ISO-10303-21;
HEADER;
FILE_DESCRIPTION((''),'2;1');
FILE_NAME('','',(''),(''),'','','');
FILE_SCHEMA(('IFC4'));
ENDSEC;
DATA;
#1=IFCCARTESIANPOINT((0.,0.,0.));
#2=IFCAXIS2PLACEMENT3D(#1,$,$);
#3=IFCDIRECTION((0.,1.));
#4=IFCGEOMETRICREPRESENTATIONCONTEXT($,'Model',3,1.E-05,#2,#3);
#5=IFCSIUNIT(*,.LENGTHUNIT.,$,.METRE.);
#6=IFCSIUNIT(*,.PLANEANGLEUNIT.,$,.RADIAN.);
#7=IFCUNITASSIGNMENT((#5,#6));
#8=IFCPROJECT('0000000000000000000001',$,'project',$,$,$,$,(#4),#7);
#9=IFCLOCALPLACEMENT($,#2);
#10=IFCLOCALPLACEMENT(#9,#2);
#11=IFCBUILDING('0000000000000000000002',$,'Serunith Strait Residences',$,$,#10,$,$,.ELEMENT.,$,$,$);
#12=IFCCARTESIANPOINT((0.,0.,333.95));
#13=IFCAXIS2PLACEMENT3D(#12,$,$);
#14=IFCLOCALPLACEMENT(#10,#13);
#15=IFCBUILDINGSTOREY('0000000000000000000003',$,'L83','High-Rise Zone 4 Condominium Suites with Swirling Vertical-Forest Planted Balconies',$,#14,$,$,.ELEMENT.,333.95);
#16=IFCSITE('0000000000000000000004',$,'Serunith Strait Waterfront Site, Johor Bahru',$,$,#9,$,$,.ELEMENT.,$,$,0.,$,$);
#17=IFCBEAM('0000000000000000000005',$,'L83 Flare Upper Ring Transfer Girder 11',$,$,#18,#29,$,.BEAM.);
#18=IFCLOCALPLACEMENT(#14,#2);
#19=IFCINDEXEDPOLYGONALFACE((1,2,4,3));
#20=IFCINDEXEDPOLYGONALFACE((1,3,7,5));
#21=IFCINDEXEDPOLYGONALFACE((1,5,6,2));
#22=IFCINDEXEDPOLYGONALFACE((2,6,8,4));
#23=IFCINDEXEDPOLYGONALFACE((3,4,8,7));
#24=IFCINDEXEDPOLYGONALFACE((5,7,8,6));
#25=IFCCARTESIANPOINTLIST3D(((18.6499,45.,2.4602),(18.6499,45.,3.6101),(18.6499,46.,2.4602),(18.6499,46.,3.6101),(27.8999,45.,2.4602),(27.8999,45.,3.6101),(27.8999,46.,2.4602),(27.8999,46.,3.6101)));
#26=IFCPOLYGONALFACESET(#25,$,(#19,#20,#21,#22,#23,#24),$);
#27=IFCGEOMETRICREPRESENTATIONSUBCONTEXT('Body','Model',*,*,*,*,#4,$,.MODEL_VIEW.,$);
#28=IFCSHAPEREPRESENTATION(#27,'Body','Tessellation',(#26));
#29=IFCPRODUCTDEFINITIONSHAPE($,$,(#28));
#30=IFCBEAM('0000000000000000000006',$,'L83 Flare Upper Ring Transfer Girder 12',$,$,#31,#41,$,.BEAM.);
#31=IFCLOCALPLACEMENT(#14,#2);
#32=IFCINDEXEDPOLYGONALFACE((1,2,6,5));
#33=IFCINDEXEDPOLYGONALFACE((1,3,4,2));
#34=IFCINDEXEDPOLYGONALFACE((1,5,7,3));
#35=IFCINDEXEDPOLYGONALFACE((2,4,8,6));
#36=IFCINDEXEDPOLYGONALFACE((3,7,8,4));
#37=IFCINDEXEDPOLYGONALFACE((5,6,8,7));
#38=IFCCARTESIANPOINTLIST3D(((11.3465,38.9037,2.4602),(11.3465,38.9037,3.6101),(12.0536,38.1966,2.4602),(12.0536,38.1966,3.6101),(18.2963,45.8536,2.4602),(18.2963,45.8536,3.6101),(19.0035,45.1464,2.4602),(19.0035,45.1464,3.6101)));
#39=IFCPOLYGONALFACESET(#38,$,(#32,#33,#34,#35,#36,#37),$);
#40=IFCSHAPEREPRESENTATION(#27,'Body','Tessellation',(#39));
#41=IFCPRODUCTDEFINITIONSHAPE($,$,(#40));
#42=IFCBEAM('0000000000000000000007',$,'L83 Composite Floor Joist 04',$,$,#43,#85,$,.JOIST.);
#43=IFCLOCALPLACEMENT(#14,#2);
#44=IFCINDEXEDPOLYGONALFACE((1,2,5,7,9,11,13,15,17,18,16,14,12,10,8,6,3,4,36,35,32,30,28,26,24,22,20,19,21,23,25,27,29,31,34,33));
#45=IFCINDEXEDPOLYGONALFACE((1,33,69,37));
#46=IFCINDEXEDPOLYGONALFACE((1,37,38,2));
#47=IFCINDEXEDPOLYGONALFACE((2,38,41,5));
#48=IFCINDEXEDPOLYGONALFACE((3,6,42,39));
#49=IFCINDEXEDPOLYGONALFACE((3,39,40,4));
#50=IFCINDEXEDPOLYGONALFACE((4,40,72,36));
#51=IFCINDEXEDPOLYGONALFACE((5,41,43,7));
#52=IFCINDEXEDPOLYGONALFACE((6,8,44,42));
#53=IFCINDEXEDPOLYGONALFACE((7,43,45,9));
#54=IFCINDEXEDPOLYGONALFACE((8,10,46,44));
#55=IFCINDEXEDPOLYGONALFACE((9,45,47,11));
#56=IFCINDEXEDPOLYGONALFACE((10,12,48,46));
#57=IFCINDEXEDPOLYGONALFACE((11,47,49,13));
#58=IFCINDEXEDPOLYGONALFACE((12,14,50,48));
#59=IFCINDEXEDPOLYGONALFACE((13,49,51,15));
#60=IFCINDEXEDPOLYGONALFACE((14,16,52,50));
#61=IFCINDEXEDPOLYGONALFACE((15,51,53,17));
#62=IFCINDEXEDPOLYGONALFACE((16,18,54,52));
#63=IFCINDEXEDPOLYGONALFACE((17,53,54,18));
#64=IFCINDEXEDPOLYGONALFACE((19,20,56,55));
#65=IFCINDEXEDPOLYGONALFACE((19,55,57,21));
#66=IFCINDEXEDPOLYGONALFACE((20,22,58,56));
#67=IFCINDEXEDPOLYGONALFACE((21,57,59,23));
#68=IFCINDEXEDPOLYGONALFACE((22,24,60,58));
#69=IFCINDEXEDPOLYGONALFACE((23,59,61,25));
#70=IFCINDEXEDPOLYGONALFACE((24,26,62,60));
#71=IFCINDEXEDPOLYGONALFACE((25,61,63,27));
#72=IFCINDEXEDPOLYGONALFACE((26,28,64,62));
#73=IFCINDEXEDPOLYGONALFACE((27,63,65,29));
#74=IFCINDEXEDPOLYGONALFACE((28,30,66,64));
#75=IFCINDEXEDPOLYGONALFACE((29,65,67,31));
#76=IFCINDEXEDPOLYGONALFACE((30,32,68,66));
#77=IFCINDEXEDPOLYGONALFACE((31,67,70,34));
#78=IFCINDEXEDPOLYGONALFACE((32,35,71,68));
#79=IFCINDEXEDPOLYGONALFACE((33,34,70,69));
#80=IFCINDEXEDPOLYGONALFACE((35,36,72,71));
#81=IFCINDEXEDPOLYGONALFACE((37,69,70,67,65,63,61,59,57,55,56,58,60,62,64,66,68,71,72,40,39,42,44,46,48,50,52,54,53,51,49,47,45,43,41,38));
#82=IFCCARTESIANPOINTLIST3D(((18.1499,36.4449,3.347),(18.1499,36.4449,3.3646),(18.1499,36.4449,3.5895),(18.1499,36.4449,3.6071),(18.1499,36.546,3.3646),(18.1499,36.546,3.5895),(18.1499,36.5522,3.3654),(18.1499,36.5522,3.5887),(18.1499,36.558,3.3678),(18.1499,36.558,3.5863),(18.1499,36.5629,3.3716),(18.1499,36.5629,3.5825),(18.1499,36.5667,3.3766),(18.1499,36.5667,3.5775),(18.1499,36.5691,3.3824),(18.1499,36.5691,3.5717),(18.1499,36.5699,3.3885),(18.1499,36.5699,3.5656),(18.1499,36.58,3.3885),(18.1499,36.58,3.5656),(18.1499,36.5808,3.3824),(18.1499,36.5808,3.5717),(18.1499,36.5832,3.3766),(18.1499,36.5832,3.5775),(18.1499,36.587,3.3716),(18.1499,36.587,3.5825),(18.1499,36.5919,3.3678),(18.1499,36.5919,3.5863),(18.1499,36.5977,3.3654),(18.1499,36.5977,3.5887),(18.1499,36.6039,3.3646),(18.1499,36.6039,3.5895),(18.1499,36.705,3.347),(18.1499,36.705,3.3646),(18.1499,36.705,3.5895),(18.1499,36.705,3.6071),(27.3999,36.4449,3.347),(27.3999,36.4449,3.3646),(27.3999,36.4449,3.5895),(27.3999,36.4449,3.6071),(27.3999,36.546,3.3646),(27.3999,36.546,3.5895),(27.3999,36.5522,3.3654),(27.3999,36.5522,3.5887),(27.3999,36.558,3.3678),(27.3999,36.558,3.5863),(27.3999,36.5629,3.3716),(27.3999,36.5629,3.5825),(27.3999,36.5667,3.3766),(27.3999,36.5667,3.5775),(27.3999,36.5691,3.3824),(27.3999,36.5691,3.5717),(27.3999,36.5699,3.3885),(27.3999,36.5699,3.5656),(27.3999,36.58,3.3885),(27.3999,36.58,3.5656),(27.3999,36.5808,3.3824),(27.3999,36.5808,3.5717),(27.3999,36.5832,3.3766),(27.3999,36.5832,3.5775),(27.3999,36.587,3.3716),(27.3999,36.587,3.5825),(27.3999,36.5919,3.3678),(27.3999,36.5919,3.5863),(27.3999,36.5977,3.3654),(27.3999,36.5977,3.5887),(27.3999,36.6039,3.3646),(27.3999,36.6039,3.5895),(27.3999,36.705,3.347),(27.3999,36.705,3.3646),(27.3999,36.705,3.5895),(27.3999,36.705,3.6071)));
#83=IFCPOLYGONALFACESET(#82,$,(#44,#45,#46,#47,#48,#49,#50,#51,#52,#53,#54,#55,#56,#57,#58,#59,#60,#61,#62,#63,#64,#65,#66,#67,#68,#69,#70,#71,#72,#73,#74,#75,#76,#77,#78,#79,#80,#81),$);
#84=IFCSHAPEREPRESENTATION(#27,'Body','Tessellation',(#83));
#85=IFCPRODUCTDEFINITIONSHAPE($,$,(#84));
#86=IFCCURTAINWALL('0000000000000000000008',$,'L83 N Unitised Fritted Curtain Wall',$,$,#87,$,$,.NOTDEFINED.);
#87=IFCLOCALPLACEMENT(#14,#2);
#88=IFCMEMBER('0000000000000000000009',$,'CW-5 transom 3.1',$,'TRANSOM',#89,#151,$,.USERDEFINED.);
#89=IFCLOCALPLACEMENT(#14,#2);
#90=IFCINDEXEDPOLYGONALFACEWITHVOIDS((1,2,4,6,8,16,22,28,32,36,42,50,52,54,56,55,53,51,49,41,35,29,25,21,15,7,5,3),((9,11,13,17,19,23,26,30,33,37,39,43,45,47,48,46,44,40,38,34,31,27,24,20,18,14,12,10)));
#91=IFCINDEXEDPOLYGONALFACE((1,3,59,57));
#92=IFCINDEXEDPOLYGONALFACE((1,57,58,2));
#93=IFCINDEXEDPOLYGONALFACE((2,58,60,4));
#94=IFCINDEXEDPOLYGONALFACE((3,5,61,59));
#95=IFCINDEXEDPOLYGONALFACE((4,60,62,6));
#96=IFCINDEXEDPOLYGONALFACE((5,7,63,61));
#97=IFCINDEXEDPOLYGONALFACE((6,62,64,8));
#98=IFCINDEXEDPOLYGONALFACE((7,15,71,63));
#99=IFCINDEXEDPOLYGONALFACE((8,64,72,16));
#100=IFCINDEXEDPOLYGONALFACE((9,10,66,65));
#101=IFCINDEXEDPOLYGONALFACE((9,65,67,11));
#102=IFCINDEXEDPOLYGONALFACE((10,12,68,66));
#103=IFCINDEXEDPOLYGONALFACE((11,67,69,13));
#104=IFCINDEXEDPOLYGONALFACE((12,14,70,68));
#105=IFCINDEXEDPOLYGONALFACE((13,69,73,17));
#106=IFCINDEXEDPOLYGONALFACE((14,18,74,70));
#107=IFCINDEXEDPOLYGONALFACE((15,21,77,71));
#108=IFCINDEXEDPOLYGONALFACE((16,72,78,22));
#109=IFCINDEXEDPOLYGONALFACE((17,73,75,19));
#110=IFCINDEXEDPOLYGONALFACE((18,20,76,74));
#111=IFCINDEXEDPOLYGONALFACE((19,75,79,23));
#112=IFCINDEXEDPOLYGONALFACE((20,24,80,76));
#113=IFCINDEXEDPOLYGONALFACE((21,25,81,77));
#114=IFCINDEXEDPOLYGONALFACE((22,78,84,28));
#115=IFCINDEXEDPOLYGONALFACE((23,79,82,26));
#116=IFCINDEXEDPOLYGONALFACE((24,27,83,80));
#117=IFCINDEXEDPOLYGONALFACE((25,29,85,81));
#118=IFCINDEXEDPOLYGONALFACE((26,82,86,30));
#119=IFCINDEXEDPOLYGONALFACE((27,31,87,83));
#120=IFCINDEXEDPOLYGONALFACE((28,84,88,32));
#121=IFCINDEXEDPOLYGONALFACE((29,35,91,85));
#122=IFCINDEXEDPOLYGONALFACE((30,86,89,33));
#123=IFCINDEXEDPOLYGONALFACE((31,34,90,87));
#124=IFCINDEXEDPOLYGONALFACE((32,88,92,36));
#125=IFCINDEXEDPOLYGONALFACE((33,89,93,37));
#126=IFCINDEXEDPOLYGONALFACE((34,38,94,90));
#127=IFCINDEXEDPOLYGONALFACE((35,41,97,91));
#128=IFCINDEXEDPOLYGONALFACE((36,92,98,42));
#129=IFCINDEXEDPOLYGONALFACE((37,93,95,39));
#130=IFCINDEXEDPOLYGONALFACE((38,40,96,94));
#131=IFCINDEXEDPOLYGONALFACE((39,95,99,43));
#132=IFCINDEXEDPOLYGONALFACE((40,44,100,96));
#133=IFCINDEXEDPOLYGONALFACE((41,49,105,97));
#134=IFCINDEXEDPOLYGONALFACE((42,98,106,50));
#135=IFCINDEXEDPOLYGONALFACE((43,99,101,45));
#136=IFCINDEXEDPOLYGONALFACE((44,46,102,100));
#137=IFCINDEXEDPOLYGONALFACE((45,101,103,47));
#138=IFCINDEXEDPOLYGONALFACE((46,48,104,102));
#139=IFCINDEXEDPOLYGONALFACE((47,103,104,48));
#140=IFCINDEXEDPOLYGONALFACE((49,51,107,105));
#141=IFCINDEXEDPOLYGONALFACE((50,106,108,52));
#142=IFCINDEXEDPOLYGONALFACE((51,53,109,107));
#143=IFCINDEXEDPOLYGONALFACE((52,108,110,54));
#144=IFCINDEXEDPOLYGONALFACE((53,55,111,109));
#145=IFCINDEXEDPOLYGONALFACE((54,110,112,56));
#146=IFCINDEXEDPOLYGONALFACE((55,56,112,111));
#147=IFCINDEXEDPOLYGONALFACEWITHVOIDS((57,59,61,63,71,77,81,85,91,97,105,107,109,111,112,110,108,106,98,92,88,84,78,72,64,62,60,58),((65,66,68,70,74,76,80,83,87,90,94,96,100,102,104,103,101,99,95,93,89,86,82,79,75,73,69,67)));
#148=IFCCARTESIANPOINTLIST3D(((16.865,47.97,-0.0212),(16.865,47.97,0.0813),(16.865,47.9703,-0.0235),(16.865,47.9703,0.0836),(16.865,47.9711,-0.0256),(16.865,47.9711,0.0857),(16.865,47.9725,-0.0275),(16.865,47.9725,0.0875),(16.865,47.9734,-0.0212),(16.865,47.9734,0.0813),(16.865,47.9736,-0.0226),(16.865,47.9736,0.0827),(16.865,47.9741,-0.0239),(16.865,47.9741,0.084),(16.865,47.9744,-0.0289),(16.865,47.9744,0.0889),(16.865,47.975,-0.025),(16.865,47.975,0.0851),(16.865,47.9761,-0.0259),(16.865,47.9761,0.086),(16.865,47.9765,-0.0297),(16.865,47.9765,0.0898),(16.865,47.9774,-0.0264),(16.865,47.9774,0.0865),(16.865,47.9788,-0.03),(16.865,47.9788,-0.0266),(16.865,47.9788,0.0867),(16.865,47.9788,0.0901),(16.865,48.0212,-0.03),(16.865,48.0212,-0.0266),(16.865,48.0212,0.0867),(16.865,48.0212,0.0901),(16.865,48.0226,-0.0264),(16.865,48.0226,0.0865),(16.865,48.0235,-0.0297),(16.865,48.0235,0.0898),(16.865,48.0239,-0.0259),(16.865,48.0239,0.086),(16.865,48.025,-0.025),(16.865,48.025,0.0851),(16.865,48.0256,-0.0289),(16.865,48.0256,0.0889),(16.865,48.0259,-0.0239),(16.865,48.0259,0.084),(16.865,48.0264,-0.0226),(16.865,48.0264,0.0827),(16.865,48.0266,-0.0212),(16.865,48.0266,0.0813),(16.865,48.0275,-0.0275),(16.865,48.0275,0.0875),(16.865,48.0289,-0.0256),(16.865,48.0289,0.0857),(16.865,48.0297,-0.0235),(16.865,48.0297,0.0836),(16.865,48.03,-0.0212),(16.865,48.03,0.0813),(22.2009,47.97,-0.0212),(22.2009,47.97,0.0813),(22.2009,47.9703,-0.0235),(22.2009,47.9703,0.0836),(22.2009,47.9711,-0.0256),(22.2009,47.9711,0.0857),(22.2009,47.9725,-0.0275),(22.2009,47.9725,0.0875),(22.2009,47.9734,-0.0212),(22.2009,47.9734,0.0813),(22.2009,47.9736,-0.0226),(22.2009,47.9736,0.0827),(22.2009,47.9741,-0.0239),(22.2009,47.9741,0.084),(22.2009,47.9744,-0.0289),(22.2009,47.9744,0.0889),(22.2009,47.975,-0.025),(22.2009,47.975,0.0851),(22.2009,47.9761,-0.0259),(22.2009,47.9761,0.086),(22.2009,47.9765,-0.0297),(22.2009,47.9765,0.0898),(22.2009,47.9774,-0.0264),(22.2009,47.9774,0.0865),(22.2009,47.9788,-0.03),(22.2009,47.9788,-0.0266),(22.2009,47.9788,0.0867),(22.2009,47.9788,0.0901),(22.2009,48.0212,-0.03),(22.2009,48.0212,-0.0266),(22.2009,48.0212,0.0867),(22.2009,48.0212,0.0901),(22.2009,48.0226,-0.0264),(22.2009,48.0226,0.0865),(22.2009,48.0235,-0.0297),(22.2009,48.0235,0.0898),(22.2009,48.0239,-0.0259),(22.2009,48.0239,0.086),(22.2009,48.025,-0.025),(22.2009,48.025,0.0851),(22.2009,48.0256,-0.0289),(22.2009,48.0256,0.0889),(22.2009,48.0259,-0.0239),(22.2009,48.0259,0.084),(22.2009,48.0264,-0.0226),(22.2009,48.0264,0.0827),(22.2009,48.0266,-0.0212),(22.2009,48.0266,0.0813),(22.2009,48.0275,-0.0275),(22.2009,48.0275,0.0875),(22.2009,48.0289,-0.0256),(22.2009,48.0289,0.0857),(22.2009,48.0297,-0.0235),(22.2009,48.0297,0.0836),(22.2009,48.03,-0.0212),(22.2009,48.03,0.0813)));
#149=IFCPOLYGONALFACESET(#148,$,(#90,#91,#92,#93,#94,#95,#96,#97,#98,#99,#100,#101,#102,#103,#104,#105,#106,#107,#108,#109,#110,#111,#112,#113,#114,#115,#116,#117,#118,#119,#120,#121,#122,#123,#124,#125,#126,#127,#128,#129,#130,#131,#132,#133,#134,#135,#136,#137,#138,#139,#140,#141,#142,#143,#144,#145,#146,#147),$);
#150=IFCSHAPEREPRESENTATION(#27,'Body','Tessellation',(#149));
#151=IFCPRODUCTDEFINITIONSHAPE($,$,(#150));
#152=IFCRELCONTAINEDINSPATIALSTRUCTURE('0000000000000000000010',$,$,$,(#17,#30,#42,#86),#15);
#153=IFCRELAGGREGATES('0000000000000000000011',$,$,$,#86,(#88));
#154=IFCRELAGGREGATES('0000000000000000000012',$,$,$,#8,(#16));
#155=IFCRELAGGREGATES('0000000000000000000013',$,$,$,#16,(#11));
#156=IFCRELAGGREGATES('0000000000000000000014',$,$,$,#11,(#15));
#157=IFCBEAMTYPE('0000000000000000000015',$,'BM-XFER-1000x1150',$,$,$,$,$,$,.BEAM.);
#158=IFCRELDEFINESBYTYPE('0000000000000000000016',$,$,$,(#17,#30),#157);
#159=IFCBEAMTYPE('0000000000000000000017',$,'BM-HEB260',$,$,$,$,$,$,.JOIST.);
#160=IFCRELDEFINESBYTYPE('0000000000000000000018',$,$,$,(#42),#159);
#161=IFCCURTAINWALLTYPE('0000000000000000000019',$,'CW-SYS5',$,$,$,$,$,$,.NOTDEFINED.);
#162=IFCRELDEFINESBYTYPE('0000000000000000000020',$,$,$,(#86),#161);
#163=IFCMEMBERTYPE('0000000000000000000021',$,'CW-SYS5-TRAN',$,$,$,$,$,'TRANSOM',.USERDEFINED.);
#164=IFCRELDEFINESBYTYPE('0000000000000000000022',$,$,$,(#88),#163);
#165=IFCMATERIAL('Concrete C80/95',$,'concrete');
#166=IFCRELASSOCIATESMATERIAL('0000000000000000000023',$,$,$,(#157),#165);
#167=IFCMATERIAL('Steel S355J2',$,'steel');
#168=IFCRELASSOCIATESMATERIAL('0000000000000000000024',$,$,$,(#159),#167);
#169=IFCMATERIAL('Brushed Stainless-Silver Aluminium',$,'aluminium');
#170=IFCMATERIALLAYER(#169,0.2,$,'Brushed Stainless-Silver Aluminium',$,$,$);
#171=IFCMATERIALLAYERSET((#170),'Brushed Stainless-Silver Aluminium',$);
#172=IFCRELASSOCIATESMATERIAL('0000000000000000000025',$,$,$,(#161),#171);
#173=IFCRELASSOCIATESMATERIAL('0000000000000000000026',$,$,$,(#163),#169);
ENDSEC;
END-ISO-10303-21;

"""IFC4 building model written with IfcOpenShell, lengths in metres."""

from ifc_helpers import new_model, si_unit, direction, frame, origin, origin_2d, place, context, subcontext, project, spatial, rectangle, hollow_rectangle, i_section, extrude, source, transform, mapped, material, layer, layer_set, material_profile, profile_set, type_object, element, aggregate, save


model = new_model("IFC4")

# Units and contexts
model_context = context("Model", 3, precision=1e-05, world=origin(), true_north=direction((0.0, 1.0)))
body_context = subcontext(model_context, "Body", "Model", "MODEL_VIEW")
ifc_project = project(units=[si_unit("LENGTHUNIT", "METRE"), si_unit("PLANEANGLEUNIT", "RADIAN")], contexts=[model_context])

# Site, building, storey
site_placement = place(None, origin())
site = spatial("IfcSite", under=ifc_project, at=site_placement, Name="Serunith Strait Waterfront Site, Johor Bahru", CompositionType="ELEMENT", RefElevation=0.0)
building_placement = place(site_placement, origin())
building = spatial("IfcBuilding", under=site, at=building_placement, Name="Serunith Strait Residences", CompositionType="ELEMENT")
storey_placement = place(building_placement, frame((0.0, 0.0, 333.95)))
storey = spatial("IfcBuildingStorey", under=building, at=storey_placement, Name="L83", Description="High-Rise Zone 4 Condominium Suites with Swirling Vertical-Forest Planted Balconies", CompositionType="ELEMENT", Elevation=333.95)

# Beams
ifc_material_1 = material(Name="Steel S355J2", Category="steel")
ifc_material_2 = material(Name="Concrete C80/95", Category="concrete")
ifc_material_profile_1 = material_profile(ifc_material_2, rectangle(XDim=1.0, YDim=1.1499, at=origin_2d()), Name="RC 1000x1150")
ifc_profile_set_1 = profile_set([ifc_material_profile_1], Name="Concrete C80/95")
beam_type_1 = type_object("IfcBeamType", Name="BM-XFER-1000x1150", PredefinedType="BEAM", material=ifc_profile_set_1)
shared_shape_1 = source(origin(), body_context, "Body", "SweptSolid", [
    extrude(rectangle(XDim=1.0, YDim=1.1499, at=origin_2d()), origin(), (0.0, 0.0, 1.0), 9.25),
])
beam_1_placement = place(storey_placement, frame((27.8999, 45.5, 3.0352), z_axis=(-1.0, 0.0, 0.0), x_axis=(0.0, -1.0, 0.0)))
element("IfcBeam", 1, at=beam_1_placement, inside=storey, type_object=beam_type_1, Name="L83 Flare Upper Ring Transfer Girder 11", PredefinedType="BEAM", context=body_context, shape_type="MappedRepresentation", body=[
    mapped(shared_shape_1, transform((0.0, 0.0, 0.0), scale=1.0)),
])
shared_shape_2 = source(origin(), body_context, "Body", "SweptSolid", [
    extrude(rectangle(XDim=1.0, YDim=1.1499, at=origin_2d()), origin(), (0.0, 0.0, 1.0), 9.8286),
])
beam_2_placement = place(storey_placement, frame((18.6499, 45.5, 3.0352), z_axis=(-0.707107, -0.707107, 0.0), x_axis=(0.707107, -0.707107, 0.0)))
element("IfcBeam", 2, at=beam_2_placement, inside=storey, type_object=beam_type_1, Name="L83 Flare Upper Ring Transfer Girder 12", PredefinedType="BEAM", context=body_context, shape_type="MappedRepresentation", body=[
    mapped(shared_shape_2, transform((0.0, 0.0, 0.0), scale=1.0)),
])
ifc_material_profile_2 = material_profile(ifc_material_1, i_section(OverallWidth=0.26, OverallDepth=0.26, WebThickness=0.01, FlangeThickness=0.0176, FilletRadius=0.0239, at=origin_2d()), Name="HEB 260")
ifc_profile_set_2 = profile_set([ifc_material_profile_2], Name="Steel S355J2")
beam_type_2 = type_object("IfcBeamType", Name="BM-HEB260", PredefinedType="JOIST", material=ifc_profile_set_2)
shared_shape_3 = source(origin(), body_context, "Body", "SweptSolid", [
    extrude(i_section(OverallWidth=0.26, OverallDepth=0.26, WebThickness=0.01, FlangeThickness=0.0176, FilletRadius=0.0239, at=origin_2d()), origin(), (0.0, 0.0, 1.0), 9.25),
])
beam_3_placement = place(storey_placement, frame((18.1499, 36.575, 3.4771), z_axis=(1.0, 0.0, 0.0), x_axis=(0.0, 1.0, 0.0)))
element("IfcBeam", 3, at=beam_3_placement, inside=storey, type_object=beam_type_2, Name="L83 Composite Floor Joist 04", PredefinedType="JOIST", context=body_context, shape_type="MappedRepresentation", body=[
    mapped(shared_shape_3, transform((0.0, 0.0, 0.0), scale=1.0)),
])

# Curtain wall, member
ifc_material_3 = material(Name="Brushed Stainless-Silver Aluminium", Category="aluminium")
ifc_layer_1 = layer(ifc_material_3, 0.2, Name="Brushed Stainless-Silver Aluminium")
ifc_layer_set_1 = layer_set([ifc_layer_1], Name="Brushed Stainless-Silver Aluminium")
curtain_wall_type = type_object("IfcCurtainWallType", Name="CW-SYS5", PredefinedType="NOTDEFINED", material=ifc_layer_set_1)
curtain_wall_placement = place(storey_placement, origin())
curtain_wall = element("IfcCurtainWall", 4, at=curtain_wall_placement, inside=storey, type_object=curtain_wall_type, Name="L83 N Unitised Fritted Curtain Wall", PredefinedType="NOTDEFINED")
ifc_material_profile_3 = material_profile(ifc_material_3, hollow_rectangle(XDim=0.0601, YDim=0.1201, WallThickness=0.0034, InnerFilletRadius=0.0054, OuterFilletRadius=0.0088, at=origin_2d()), Name="ALU 120x60x3.5")
ifc_profile_set_3 = profile_set([ifc_material_profile_3], Name="Brushed Stainless-Silver Aluminium")
member_type_1 = type_object("IfcMemberType", Name="CW-SYS5-TRAN", ElementType="TRANSOM", PredefinedType="USERDEFINED", material=ifc_profile_set_3)
shared_shape_4 = source(origin(), body_context, "Body", "SweptSolid", [
    extrude(hollow_rectangle(XDim=0.0601, YDim=0.1201, WallThickness=0.0034, InnerFilletRadius=0.0054, OuterFilletRadius=0.0088, at=origin_2d()), origin(), (0.0, 0.0, 1.0), 5.3359),
])
member_1_placement = place(storey_placement, frame((22.2009, 48.0, 0.03), z_axis=(-1.0, 0.0, 0.0), x_axis=(0.0, -1.0, 0.0)))
member_1 = element("IfcMember", 5, at=member_1_placement, type_object=member_type_1, Name="CW-5 transom 3.1", ObjectType="TRANSOM", PredefinedType="USERDEFINED", context=body_context, shape_type="MappedRepresentation", body=[
    mapped(shared_shape_4, transform((0.0, 0.0, 0.0), scale=1.0)),
])
aggregate(curtain_wall, [member_1])

save(model, "model.ifc")
